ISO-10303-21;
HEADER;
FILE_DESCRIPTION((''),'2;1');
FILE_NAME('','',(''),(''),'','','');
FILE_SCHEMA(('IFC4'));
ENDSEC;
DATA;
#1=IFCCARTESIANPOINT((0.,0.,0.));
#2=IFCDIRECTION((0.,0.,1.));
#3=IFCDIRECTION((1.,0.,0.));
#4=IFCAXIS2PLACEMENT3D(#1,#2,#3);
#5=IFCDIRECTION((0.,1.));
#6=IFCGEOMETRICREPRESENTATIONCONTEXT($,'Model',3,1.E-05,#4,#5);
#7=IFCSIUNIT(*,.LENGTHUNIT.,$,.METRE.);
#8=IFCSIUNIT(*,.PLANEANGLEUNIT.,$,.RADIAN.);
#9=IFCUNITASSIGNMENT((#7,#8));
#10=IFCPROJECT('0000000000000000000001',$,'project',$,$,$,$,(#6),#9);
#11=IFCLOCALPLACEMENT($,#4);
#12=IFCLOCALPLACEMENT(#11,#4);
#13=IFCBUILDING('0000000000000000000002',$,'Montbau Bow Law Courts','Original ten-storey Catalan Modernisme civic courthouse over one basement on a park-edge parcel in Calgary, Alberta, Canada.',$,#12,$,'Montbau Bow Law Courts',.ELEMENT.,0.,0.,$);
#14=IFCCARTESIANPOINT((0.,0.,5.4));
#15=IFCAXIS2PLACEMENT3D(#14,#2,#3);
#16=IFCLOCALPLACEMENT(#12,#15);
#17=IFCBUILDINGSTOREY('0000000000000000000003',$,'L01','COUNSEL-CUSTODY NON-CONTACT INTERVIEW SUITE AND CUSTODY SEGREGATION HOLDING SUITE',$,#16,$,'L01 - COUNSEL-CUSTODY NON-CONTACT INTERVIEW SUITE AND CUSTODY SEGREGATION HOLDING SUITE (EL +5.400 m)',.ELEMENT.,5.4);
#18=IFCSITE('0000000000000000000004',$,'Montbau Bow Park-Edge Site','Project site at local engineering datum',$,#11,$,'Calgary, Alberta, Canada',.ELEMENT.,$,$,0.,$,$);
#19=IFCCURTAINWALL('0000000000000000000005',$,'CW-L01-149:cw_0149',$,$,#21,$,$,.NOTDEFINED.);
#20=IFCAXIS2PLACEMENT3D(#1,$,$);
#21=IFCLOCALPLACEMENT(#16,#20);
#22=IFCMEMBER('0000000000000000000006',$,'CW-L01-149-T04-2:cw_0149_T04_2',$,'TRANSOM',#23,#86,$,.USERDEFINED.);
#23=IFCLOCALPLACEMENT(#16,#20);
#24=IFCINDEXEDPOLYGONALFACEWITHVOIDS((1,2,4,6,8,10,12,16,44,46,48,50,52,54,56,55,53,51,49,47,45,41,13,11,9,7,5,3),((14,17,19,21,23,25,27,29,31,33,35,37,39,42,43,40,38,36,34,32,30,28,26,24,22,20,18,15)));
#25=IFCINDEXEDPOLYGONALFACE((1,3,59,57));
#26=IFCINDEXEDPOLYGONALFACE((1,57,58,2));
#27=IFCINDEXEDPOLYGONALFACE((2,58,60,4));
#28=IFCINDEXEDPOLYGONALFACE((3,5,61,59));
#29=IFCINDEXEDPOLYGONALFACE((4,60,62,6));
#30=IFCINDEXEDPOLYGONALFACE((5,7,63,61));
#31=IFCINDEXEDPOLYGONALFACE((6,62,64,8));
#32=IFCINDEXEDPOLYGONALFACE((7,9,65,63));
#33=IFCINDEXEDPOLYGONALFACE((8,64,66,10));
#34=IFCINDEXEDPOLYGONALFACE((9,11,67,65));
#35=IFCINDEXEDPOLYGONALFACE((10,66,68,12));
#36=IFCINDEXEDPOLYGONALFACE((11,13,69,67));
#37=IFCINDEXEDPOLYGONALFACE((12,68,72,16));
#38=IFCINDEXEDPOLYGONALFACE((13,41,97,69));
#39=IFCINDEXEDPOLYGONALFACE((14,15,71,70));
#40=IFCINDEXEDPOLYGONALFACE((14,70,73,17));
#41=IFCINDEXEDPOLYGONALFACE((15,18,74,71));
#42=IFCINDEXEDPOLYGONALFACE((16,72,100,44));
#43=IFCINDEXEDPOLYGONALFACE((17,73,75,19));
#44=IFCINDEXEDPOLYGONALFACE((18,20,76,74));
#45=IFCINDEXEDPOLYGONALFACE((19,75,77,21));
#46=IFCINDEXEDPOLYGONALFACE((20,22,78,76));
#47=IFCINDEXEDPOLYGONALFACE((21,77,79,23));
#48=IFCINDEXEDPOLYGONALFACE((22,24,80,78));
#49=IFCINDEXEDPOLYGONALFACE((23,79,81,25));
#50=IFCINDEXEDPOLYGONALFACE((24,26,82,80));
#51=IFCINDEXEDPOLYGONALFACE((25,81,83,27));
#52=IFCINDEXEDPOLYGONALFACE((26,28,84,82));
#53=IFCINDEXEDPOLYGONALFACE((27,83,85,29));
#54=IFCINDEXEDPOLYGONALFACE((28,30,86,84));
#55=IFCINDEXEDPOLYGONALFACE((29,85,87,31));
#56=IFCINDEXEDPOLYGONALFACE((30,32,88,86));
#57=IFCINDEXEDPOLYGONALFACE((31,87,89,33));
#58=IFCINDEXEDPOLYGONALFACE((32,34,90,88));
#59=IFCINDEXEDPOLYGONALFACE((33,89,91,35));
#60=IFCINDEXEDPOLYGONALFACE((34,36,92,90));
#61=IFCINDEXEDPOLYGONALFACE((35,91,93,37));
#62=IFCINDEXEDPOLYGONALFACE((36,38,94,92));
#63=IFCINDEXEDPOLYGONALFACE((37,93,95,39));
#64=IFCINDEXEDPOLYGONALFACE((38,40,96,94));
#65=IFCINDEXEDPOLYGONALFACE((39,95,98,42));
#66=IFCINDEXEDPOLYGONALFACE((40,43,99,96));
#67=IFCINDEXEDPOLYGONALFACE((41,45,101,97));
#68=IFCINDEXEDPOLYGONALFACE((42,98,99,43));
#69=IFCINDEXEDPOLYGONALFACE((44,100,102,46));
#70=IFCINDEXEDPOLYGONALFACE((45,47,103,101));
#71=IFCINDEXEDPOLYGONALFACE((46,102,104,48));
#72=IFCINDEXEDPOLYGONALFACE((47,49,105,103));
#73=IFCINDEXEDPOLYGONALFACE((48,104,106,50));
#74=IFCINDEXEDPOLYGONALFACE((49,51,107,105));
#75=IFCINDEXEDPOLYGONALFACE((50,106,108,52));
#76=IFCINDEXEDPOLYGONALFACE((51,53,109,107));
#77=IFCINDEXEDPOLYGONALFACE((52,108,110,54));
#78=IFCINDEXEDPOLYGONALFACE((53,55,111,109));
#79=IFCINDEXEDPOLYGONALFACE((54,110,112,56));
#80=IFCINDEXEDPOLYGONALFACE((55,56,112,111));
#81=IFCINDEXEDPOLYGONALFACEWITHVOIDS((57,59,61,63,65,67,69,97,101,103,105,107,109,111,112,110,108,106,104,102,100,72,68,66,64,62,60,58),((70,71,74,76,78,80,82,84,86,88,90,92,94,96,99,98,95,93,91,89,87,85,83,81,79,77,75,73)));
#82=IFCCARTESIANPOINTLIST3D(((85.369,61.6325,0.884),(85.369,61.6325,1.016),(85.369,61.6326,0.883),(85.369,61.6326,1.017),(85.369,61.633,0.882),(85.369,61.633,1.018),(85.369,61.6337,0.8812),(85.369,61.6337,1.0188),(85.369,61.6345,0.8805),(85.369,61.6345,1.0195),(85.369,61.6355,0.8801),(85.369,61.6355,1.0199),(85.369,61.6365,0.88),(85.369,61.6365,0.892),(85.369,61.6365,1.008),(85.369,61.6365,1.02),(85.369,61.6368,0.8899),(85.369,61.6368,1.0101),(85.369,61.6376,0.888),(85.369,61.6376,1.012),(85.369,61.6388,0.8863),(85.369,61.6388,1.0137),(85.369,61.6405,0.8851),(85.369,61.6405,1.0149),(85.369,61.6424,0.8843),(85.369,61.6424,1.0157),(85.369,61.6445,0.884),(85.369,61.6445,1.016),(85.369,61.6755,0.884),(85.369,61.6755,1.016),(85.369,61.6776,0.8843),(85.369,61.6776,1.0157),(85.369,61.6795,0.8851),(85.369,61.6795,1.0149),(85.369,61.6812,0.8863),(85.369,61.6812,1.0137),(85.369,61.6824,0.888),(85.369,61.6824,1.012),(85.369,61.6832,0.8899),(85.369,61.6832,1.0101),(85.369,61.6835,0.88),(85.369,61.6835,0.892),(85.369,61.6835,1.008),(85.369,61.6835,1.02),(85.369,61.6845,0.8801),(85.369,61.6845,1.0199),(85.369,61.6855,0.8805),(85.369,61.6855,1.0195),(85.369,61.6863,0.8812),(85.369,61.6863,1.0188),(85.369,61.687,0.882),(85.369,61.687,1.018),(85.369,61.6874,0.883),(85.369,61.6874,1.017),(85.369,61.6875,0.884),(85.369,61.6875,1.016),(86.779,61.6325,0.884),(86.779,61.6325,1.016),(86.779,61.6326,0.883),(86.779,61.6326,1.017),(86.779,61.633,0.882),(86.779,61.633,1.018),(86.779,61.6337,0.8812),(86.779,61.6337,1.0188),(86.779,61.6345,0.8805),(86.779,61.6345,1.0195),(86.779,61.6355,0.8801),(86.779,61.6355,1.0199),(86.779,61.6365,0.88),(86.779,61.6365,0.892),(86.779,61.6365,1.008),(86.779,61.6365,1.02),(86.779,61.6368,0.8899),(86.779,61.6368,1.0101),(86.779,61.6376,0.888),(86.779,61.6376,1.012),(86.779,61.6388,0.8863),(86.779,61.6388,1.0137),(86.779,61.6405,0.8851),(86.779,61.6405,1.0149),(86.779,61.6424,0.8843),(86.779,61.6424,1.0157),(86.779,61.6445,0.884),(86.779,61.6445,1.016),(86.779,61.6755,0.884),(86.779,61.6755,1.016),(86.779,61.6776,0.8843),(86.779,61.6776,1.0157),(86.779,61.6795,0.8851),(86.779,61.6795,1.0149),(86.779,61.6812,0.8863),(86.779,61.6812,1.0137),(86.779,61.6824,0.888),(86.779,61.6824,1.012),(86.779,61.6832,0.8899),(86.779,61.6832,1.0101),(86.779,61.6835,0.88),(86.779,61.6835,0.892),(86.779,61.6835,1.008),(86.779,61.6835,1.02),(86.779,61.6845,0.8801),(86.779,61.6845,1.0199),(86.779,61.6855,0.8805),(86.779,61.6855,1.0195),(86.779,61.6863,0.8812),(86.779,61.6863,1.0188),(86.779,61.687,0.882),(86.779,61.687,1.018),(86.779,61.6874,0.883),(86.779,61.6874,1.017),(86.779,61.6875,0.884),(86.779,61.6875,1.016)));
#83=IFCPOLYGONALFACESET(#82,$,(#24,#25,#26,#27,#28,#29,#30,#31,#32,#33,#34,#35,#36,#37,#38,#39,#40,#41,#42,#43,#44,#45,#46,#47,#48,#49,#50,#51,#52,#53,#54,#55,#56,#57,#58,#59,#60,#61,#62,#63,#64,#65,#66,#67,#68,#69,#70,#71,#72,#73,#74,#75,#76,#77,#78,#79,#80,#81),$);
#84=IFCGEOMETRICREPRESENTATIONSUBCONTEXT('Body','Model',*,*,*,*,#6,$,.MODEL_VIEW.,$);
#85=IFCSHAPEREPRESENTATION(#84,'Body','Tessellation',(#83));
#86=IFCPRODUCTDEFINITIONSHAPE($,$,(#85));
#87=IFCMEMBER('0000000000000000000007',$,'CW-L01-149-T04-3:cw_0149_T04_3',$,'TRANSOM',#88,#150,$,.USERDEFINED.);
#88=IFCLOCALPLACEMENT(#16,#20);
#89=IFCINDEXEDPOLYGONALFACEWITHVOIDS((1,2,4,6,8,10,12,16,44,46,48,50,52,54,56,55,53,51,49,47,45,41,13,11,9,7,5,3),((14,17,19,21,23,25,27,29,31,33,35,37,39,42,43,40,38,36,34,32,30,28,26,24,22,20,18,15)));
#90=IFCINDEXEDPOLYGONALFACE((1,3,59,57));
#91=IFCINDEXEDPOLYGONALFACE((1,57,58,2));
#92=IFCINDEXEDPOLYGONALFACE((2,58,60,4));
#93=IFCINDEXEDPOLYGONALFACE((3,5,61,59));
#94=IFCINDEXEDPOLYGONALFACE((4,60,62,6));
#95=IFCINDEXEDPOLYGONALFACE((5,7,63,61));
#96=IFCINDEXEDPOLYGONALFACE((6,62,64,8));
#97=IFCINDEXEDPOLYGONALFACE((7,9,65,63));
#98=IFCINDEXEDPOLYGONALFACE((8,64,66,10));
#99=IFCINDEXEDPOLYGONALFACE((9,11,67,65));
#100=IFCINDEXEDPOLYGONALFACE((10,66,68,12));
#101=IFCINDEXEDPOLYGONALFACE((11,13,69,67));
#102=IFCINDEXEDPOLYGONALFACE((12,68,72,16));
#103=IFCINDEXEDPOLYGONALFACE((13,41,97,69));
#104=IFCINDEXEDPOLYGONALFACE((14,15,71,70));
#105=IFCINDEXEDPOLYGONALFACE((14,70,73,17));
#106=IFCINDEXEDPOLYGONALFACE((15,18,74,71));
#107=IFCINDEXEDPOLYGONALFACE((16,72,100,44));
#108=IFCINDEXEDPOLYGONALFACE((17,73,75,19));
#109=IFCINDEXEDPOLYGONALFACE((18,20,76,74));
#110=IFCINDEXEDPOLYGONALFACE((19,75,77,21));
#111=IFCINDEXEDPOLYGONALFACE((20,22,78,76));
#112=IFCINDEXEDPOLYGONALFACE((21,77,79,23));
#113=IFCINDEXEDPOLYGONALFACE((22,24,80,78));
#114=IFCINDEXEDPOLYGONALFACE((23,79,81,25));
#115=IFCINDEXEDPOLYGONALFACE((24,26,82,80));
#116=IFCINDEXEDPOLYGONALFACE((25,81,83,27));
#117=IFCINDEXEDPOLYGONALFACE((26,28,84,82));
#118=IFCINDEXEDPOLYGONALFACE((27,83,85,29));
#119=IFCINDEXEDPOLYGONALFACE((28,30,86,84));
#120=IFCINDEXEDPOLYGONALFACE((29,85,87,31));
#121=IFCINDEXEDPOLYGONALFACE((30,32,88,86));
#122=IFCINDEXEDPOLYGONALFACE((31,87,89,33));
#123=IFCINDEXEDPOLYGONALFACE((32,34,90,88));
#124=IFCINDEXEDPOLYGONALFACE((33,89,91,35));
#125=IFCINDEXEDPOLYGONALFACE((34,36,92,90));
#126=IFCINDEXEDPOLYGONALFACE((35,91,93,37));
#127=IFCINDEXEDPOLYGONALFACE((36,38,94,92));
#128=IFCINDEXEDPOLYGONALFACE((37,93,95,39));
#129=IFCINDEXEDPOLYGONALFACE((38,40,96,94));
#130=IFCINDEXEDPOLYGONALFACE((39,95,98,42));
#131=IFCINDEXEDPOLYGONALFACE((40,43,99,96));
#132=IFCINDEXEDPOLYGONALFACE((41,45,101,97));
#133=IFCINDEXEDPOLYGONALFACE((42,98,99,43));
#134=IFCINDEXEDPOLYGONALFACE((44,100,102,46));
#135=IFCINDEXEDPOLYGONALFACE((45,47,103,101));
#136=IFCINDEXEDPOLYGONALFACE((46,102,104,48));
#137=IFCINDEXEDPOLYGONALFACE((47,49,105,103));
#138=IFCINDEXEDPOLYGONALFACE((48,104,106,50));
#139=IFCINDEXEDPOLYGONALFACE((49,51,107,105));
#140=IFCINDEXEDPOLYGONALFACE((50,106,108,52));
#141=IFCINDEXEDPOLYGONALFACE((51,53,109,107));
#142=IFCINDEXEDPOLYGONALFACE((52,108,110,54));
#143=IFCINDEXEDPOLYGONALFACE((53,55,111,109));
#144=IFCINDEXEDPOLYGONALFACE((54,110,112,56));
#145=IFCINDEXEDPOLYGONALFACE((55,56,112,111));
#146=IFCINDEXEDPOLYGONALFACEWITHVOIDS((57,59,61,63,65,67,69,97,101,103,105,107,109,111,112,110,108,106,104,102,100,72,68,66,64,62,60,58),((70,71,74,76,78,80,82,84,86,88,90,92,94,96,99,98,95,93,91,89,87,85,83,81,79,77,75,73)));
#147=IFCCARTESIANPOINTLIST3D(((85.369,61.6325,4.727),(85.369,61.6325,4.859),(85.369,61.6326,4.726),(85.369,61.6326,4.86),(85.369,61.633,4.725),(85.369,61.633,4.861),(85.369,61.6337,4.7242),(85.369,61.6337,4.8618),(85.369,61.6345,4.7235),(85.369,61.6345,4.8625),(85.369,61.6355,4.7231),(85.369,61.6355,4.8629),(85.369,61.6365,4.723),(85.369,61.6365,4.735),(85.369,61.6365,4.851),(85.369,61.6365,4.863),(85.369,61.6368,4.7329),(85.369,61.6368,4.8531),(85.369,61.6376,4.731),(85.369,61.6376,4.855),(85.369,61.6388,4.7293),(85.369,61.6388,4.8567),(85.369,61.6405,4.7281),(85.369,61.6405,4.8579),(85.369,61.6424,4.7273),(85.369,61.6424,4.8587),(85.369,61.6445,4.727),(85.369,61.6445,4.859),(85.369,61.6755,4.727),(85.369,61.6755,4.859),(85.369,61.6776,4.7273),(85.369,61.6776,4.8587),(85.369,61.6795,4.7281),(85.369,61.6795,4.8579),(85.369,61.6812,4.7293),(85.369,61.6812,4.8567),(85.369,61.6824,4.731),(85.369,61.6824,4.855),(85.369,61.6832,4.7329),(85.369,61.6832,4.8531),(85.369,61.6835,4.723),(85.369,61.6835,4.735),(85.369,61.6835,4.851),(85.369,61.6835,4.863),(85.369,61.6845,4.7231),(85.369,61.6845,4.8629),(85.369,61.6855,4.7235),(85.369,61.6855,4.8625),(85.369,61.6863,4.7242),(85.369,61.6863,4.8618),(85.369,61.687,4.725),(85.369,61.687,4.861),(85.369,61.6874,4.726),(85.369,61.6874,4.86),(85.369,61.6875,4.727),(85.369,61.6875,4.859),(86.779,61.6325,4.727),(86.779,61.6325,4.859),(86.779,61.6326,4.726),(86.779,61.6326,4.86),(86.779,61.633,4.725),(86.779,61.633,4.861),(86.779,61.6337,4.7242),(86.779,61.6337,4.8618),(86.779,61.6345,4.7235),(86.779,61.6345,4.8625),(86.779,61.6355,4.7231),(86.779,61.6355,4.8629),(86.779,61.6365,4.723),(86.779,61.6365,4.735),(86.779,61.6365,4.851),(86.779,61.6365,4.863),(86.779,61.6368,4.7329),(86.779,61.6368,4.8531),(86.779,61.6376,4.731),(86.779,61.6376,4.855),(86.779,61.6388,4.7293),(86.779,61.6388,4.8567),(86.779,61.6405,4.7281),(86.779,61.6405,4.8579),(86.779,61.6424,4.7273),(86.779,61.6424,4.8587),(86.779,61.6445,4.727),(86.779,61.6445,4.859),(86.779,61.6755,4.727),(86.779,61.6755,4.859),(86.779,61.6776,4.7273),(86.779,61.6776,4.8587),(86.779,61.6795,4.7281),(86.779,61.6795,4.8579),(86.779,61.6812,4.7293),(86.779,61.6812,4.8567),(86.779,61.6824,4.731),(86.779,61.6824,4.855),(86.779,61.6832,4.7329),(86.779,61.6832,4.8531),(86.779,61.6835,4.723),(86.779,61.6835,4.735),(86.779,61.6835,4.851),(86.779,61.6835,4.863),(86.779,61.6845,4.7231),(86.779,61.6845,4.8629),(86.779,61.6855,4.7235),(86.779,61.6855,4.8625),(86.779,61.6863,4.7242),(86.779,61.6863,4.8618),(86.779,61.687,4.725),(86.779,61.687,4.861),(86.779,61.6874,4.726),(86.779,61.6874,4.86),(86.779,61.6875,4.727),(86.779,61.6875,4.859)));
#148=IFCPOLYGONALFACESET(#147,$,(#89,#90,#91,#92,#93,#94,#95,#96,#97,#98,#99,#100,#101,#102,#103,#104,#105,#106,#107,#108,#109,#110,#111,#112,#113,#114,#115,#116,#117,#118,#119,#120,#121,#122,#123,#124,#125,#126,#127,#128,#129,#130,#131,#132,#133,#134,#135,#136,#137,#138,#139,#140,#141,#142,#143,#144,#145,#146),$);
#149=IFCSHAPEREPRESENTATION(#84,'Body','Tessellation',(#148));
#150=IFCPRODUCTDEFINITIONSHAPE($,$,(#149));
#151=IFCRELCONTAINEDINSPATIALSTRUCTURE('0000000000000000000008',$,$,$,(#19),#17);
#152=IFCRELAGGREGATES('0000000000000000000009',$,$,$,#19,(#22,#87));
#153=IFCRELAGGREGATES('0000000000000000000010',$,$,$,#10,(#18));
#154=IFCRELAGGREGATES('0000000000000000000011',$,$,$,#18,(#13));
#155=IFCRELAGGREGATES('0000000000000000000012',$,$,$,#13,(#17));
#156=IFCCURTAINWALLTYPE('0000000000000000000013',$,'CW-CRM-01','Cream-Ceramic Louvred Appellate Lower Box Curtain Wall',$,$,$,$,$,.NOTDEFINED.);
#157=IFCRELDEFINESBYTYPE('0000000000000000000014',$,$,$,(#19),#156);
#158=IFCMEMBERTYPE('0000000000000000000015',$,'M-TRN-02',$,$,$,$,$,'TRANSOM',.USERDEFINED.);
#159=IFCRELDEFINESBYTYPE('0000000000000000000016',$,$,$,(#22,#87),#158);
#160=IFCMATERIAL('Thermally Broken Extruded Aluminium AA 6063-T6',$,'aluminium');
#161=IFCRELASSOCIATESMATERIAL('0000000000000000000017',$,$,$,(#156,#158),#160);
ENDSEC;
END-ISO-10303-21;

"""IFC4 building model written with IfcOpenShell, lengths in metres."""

from ifc_helpers import new_model, si_unit, direction, frame, origin_with_axes, origin_2d_with_axis, place, context, subcontext, project, spatial, hollow_rectangle, extrude, material, material_profile, profile_set, type_object, element, aggregate, save


model = new_model("IFC4")

# Units and contexts
model_context = context("Model", 3, precision=1e-05, world=origin_with_axes(), true_north=direction((0.0, 1.0)))
body_context = subcontext(model_context, "Body", "Model", "MODEL_VIEW")
ifc_project = project(units=[si_unit("LENGTHUNIT", "METRE"), si_unit("PLANEANGLEUNIT", "RADIAN")], contexts=[model_context])

# Site, building, storey
site_placement = place(None, origin_with_axes())
site = spatial("IfcSite", under=ifc_project, at=site_placement, Name="Montbau Bow Park-Edge Site", Description="Project site at local engineering datum", LongName="Calgary, Alberta, Canada", CompositionType="ELEMENT", RefElevation=0.0)
building_placement = place(site_placement, origin_with_axes())
building = spatial("IfcBuilding", under=site, at=building_placement, Name="Montbau Bow Law Courts", Description="Original ten-storey Catalan Modernisme civic courthouse over one basement on a park-edge parcel in Calgary, Alberta, Canada.", LongName="Montbau Bow Law Courts", CompositionType="ELEMENT", ElevationOfRefHeight=0.0, ElevationOfTerrain=0.0)
storey_placement = place(building_placement, frame((0.0, 0.0, 5.4), z_axis=(0.0, 0.0, 1.0), x_axis=(1.0, 0.0, 0.0)))
storey = spatial("IfcBuildingStorey", under=building, at=storey_placement, Name="L01", Description="COUNSEL-CUSTODY NON-CONTACT INTERVIEW SUITE AND CUSTODY SEGREGATION HOLDING SUITE", LongName="L01 - COUNSEL-CUSTODY NON-CONTACT INTERVIEW SUITE AND CUSTODY SEGREGATION HOLDING SUITE (EL +5.400 m)", CompositionType="ELEMENT", Elevation=5.4)

# Curtain wall, members
ifc_material_1 = material(Name="Thermally Broken Extruded Aluminium AA 6063-T6", Category="aluminium")
curtain_wall_type = type_object("IfcCurtainWallType", Name="CW-CRM-01", Description="Cream-Ceramic Louvred Appellate Lower Box Curtain Wall", PredefinedType="NOTDEFINED", material=ifc_material_1)
curtain_wall_placement = place(None, frame((80.915, 61.66, 5.4), z_axis=(0.0, 0.0, 1.0), x_axis=(1.0, 0.0, 0.0)))
curtain_wall = element("IfcCurtainWall", 1, at=curtain_wall_placement, inside=storey, type_object=curtain_wall_type, Name="CW-L01-149:cw_0149", PredefinedType="NOTDEFINED")
ifc_material_profile_1 = material_profile(ifc_material_1, hollow_rectangle(XDim=0.055, YDim=0.14, WallThickness=0.004, InnerFilletRadius=0.008, OuterFilletRadius=0.004, at=origin_2d_with_axis()), Name="CWT-140X55", Category="Main", Priority=0)
ifc_profile_set_1 = profile_set([ifc_material_profile_1], Name="Thermally Broken Extruded Aluminium AA 6063-T6")
member_type_1 = type_object("IfcMemberType", Name="M-TRN-02", ElementType="TRANSOM", PredefinedType="USERDEFINED", material=ifc_profile_set_1)
member_1_placement = place(None, frame((85.369, 61.66, 6.35), z_axis=(1.0, 0.0, 0.0), x_axis=(0.0, 1.0, 0.0)))
member_1 = element("IfcMember", 2, at=member_1_placement, type_object=member_type_1, Name="CW-L01-149-T04-2:cw_0149_T04_2", ObjectType="TRANSOM", PredefinedType="USERDEFINED", context=body_context, shape_type="SweptSolid", body=[
    extrude(hollow_rectangle(XDim=0.055, YDim=0.14, WallThickness=0.004, InnerFilletRadius=0.008, OuterFilletRadius=0.004, at=origin_2d_with_axis()), origin_with_axes(), (0.0, 0.0, 1.0), 1.41),
])
member_2_placement = place(None, frame((85.369, 61.66, 10.193), z_axis=(1.0, 0.0, 0.0), x_axis=(0.0, 1.0, 0.0)))
member_2 = element("IfcMember", 3, at=member_2_placement, type_object=member_type_1, Name="CW-L01-149-T04-3:cw_0149_T04_3", ObjectType="TRANSOM", PredefinedType="USERDEFINED", context=body_context, shape_type="SweptSolid", body=[
    extrude(hollow_rectangle(XDim=0.055, YDim=0.14, WallThickness=0.004, InnerFilletRadius=0.008, OuterFilletRadius=0.004, at=origin_2d_with_axis()), origin_with_axes(), (0.0, 0.0, 1.0), 1.41),
])
aggregate(curtain_wall, [member_1, member_2])

save(model, "model.ifc")
